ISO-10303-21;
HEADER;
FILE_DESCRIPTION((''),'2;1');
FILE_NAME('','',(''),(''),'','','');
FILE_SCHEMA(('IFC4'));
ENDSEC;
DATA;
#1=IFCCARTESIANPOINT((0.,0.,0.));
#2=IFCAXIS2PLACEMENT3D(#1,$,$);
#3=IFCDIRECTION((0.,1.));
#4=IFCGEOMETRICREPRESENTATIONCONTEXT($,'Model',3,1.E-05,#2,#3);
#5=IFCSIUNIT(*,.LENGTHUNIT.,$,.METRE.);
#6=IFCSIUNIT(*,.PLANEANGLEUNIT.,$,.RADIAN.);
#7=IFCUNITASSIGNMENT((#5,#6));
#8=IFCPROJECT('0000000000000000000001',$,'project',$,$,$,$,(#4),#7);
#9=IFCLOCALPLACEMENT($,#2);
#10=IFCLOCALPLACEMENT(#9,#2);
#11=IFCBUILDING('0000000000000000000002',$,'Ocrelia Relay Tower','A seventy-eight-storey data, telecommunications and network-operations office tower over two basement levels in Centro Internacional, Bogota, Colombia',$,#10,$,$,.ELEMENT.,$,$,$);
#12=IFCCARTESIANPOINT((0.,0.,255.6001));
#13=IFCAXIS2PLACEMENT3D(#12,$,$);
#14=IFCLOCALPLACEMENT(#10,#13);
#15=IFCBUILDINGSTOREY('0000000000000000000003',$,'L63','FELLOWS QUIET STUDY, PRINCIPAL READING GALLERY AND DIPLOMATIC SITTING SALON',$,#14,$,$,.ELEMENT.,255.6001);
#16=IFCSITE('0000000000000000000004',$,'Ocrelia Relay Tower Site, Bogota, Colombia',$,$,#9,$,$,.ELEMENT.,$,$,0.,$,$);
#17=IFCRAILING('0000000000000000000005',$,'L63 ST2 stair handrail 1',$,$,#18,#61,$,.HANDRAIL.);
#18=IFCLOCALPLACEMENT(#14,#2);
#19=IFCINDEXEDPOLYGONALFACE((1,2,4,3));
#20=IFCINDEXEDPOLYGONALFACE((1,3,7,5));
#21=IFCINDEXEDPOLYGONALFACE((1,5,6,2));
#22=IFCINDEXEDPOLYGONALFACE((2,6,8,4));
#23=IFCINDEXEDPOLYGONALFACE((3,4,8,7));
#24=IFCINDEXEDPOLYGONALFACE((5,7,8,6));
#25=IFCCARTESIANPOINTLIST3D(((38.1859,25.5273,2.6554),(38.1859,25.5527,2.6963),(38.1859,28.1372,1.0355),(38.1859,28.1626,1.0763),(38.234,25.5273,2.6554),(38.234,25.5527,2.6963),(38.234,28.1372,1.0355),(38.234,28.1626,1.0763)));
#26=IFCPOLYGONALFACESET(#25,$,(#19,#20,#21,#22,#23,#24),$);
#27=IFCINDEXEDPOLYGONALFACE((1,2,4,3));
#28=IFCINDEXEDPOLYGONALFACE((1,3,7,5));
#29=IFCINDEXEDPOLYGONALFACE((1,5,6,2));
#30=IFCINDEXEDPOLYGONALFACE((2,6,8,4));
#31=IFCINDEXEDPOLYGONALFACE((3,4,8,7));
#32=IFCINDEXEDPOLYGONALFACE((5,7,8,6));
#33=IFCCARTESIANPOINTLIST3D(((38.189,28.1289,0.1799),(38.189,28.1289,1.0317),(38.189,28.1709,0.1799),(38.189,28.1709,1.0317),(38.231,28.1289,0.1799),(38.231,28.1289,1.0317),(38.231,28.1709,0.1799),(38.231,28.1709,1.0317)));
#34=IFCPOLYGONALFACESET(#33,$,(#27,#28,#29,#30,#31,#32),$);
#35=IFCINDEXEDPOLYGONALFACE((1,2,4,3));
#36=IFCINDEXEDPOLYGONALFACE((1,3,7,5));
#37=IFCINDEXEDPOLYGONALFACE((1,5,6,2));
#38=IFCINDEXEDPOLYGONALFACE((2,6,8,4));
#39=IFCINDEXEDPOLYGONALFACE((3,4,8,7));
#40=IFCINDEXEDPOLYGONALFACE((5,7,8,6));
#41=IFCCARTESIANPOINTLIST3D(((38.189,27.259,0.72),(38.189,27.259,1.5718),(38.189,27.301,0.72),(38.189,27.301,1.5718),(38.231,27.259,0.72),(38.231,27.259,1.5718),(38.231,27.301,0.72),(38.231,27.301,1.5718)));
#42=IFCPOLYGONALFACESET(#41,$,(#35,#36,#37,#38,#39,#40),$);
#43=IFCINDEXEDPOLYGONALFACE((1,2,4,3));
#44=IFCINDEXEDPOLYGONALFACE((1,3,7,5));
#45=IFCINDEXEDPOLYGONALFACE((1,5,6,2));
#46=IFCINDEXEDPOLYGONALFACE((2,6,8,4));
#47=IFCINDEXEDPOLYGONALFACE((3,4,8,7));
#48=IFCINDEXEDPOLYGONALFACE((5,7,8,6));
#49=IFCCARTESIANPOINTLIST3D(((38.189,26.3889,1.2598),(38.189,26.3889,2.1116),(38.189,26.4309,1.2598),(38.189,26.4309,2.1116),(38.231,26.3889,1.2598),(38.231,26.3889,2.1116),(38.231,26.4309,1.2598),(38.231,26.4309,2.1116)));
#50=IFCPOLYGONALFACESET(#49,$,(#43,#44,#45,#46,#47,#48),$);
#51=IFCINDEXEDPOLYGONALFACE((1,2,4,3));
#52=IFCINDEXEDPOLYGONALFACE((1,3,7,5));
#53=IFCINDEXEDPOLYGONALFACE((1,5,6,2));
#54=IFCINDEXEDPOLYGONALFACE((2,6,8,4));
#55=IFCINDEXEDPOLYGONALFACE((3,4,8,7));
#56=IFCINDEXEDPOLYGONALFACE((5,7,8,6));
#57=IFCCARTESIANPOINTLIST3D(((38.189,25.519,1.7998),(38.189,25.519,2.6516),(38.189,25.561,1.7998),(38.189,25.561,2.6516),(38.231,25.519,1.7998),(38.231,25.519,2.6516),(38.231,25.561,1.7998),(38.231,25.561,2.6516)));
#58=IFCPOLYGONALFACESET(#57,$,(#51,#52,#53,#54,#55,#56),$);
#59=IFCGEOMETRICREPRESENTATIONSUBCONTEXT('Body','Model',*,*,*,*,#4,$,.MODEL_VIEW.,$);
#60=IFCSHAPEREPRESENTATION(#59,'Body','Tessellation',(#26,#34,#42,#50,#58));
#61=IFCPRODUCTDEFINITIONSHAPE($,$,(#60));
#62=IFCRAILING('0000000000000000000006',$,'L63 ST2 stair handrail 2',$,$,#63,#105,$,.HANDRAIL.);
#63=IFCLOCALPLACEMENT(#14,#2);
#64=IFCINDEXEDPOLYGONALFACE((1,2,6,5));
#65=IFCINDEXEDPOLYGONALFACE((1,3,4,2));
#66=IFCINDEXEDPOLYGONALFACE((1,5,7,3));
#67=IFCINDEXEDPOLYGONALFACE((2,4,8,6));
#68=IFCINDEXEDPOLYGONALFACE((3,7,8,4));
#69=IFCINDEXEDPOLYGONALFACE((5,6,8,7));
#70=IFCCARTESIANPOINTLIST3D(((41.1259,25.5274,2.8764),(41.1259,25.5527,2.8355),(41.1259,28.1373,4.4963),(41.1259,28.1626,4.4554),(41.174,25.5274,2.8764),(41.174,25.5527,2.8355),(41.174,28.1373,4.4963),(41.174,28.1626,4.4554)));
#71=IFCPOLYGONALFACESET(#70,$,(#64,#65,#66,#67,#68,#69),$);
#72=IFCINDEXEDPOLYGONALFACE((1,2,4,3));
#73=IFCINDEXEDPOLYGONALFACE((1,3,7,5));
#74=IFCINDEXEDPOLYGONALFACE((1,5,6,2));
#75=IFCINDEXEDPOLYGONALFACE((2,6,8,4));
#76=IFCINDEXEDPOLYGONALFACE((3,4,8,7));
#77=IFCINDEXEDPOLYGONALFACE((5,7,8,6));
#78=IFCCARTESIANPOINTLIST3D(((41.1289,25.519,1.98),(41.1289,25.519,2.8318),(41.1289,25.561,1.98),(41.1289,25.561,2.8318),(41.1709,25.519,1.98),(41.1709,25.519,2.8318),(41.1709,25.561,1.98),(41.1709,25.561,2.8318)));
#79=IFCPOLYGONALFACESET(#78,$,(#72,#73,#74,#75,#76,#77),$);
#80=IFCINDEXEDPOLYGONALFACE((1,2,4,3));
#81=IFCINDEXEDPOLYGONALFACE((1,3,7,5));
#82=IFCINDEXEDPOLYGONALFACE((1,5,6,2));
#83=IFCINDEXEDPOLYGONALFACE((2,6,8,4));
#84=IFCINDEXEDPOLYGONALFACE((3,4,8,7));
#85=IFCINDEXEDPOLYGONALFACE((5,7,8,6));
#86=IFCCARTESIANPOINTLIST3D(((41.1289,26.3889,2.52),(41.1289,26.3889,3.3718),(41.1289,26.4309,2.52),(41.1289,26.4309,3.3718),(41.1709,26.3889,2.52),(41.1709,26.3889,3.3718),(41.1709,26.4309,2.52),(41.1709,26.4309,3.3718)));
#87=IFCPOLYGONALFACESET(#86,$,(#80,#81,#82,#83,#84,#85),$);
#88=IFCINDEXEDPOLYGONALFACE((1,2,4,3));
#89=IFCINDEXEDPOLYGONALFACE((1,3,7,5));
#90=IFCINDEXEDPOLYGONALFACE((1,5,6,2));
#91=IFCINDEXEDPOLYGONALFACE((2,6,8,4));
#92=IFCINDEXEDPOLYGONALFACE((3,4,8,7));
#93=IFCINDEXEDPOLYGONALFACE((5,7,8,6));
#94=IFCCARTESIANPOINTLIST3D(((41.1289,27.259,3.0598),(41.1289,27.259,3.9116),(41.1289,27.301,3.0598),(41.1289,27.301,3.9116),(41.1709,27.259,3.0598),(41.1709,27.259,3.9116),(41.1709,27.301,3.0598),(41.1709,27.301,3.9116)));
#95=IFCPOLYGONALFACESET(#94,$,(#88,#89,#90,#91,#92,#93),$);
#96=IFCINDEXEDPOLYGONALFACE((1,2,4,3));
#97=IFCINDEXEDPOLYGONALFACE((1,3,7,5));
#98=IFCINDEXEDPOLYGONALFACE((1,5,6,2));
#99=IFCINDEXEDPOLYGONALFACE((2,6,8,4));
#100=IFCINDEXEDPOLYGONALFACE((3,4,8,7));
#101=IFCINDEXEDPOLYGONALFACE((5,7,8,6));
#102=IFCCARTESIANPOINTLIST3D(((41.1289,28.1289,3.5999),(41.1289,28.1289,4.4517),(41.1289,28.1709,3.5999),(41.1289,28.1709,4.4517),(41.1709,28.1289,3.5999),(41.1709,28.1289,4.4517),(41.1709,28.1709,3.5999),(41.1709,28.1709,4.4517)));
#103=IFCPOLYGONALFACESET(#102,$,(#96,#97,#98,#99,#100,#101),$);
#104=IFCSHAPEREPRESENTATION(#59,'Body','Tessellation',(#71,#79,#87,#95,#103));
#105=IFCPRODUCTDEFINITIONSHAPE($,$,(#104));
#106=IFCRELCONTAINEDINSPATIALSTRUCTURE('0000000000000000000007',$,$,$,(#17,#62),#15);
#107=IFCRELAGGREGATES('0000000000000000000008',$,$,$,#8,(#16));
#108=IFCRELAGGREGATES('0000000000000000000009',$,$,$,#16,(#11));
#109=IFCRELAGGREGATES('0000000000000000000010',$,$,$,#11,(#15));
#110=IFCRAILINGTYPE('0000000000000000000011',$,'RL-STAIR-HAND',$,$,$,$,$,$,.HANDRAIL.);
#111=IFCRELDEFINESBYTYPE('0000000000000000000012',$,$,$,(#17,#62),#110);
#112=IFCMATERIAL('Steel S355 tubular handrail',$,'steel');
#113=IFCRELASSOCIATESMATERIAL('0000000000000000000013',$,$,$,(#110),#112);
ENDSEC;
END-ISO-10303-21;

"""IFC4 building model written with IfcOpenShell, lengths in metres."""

from ifc_helpers import new_model, si_unit, direction, frame, origin, origin_2d, place, context, subcontext, project, spatial, rectangle, extrude, material, type_object, element, save


model = new_model("IFC4")

# Units and contexts
model_context = context("Model", 3, precision=1e-05, world=origin(), true_north=direction((0.0, 1.0)))
body_context = subcontext(model_context, "Body", "Model", "MODEL_VIEW")
ifc_project = project(units=[si_unit("LENGTHUNIT", "METRE"), si_unit("PLANEANGLEUNIT", "RADIAN")], contexts=[model_context])

# Site, building, storey
site_placement = place(None, origin())
site = spatial("IfcSite", under=ifc_project, at=site_placement, Name="Ocrelia Relay Tower Site, Bogota, Colombia", CompositionType="ELEMENT", RefElevation=0.0)
building_placement = place(site_placement, origin())
building = spatial("IfcBuilding", under=site, at=building_placement, Name="Ocrelia Relay Tower", Description="A seventy-eight-storey data, telecommunications and network-operations office tower over two basement levels in Centro Internacional, Bogota, Colombia", CompositionType="ELEMENT")
storey_placement = place(building_placement, frame((0.0, 0.0, 255.6001)))
storey = spatial("IfcBuildingStorey", under=building, at=storey_placement, Name="L63", Description="FELLOWS QUIET STUDY, PRINCIPAL READING GALLERY AND DIPLOMATIC SITTING SALON", CompositionType="ELEMENT", Elevation=255.6001)

# Railings
ifc_material_1 = material(Name="Steel S355 tubular handrail", Category="steel")
railing_type_1 = type_object("IfcRailingType", Name="RL-STAIR-HAND", PredefinedType="HANDRAIL", material=ifc_material_1)
railing_1_placement = place(storey_placement, frame((38.21, 28.1499, 0.1799)))
element("IfcRailing", 1, at=railing_1_placement, inside=storey, type_object=railing_type_1, Name="L63 ST2 stair handrail 1", PredefinedType="HANDRAIL", context=body_context, shape_type="SweptSolid", body=[
    extrude(rectangle(XDim=0.0481, YDim=0.0481, at=origin_2d()), frame((0.0, 0.0, 0.876), z_axis=(0.0, -0.849646, 0.527353), x_axis=(1.0, 0.0, 0.0)), (0.0, 0.0, 1.0), 3.0718),
    extrude(rectangle(XDim=0.042, YDim=0.042, at=origin_2d()), origin(), (0.0, 0.0, 1.0), 0.8518),
    extrude(rectangle(XDim=0.042, YDim=0.042, at=origin_2d()), frame((0.0, -0.8699, 0.54)), (0.0, 0.0, 1.0), 0.8518),
    extrude(rectangle(XDim=0.042, YDim=0.042, at=origin_2d()), frame((0.0, -1.74, 1.0798)), (0.0, 0.0, 1.0), 0.8518),
    extrude(rectangle(XDim=0.042, YDim=0.042, at=origin_2d()), frame((0.0, -2.6099, 1.6199)), (0.0, 0.0, 1.0), 0.8518),
])
railing_2_placement = place(storey_placement, frame((41.1499, 25.54, 1.98)))
element("IfcRailing", 2, at=railing_2_placement, inside=storey, type_object=railing_type_1, Name="L63 ST2 stair handrail 2", PredefinedType="HANDRAIL", context=body_context, shape_type="SweptSolid", body=[
    extrude(rectangle(XDim=0.0481, YDim=0.0481, at=origin_2d()), frame((0.0, 0.0, 0.876), z_axis=(0.0, 0.849646, 0.527353), x_axis=(-1.0, 0.0, 0.0)), (0.0, 0.0, 1.0), 3.0718),
    extrude(rectangle(XDim=0.042, YDim=0.042, at=origin_2d()), origin(), (0.0, 0.0, 1.0), 0.8518),
    extrude(rectangle(XDim=0.042, YDim=0.042, at=origin_2d()), frame((0.0, 0.8699, 0.54)), (0.0, 0.0, 1.0), 0.8518),
    extrude(rectangle(XDim=0.042, YDim=0.042, at=origin_2d()), frame((0.0, 1.74, 1.0798)), (0.0, 0.0, 1.0), 0.8518),
    extrude(rectangle(XDim=0.042, YDim=0.042, at=origin_2d()), frame((0.0, 2.6099, 1.6199)), (0.0, 0.0, 1.0), 0.8518),
])

save(model, "model.ifc")
